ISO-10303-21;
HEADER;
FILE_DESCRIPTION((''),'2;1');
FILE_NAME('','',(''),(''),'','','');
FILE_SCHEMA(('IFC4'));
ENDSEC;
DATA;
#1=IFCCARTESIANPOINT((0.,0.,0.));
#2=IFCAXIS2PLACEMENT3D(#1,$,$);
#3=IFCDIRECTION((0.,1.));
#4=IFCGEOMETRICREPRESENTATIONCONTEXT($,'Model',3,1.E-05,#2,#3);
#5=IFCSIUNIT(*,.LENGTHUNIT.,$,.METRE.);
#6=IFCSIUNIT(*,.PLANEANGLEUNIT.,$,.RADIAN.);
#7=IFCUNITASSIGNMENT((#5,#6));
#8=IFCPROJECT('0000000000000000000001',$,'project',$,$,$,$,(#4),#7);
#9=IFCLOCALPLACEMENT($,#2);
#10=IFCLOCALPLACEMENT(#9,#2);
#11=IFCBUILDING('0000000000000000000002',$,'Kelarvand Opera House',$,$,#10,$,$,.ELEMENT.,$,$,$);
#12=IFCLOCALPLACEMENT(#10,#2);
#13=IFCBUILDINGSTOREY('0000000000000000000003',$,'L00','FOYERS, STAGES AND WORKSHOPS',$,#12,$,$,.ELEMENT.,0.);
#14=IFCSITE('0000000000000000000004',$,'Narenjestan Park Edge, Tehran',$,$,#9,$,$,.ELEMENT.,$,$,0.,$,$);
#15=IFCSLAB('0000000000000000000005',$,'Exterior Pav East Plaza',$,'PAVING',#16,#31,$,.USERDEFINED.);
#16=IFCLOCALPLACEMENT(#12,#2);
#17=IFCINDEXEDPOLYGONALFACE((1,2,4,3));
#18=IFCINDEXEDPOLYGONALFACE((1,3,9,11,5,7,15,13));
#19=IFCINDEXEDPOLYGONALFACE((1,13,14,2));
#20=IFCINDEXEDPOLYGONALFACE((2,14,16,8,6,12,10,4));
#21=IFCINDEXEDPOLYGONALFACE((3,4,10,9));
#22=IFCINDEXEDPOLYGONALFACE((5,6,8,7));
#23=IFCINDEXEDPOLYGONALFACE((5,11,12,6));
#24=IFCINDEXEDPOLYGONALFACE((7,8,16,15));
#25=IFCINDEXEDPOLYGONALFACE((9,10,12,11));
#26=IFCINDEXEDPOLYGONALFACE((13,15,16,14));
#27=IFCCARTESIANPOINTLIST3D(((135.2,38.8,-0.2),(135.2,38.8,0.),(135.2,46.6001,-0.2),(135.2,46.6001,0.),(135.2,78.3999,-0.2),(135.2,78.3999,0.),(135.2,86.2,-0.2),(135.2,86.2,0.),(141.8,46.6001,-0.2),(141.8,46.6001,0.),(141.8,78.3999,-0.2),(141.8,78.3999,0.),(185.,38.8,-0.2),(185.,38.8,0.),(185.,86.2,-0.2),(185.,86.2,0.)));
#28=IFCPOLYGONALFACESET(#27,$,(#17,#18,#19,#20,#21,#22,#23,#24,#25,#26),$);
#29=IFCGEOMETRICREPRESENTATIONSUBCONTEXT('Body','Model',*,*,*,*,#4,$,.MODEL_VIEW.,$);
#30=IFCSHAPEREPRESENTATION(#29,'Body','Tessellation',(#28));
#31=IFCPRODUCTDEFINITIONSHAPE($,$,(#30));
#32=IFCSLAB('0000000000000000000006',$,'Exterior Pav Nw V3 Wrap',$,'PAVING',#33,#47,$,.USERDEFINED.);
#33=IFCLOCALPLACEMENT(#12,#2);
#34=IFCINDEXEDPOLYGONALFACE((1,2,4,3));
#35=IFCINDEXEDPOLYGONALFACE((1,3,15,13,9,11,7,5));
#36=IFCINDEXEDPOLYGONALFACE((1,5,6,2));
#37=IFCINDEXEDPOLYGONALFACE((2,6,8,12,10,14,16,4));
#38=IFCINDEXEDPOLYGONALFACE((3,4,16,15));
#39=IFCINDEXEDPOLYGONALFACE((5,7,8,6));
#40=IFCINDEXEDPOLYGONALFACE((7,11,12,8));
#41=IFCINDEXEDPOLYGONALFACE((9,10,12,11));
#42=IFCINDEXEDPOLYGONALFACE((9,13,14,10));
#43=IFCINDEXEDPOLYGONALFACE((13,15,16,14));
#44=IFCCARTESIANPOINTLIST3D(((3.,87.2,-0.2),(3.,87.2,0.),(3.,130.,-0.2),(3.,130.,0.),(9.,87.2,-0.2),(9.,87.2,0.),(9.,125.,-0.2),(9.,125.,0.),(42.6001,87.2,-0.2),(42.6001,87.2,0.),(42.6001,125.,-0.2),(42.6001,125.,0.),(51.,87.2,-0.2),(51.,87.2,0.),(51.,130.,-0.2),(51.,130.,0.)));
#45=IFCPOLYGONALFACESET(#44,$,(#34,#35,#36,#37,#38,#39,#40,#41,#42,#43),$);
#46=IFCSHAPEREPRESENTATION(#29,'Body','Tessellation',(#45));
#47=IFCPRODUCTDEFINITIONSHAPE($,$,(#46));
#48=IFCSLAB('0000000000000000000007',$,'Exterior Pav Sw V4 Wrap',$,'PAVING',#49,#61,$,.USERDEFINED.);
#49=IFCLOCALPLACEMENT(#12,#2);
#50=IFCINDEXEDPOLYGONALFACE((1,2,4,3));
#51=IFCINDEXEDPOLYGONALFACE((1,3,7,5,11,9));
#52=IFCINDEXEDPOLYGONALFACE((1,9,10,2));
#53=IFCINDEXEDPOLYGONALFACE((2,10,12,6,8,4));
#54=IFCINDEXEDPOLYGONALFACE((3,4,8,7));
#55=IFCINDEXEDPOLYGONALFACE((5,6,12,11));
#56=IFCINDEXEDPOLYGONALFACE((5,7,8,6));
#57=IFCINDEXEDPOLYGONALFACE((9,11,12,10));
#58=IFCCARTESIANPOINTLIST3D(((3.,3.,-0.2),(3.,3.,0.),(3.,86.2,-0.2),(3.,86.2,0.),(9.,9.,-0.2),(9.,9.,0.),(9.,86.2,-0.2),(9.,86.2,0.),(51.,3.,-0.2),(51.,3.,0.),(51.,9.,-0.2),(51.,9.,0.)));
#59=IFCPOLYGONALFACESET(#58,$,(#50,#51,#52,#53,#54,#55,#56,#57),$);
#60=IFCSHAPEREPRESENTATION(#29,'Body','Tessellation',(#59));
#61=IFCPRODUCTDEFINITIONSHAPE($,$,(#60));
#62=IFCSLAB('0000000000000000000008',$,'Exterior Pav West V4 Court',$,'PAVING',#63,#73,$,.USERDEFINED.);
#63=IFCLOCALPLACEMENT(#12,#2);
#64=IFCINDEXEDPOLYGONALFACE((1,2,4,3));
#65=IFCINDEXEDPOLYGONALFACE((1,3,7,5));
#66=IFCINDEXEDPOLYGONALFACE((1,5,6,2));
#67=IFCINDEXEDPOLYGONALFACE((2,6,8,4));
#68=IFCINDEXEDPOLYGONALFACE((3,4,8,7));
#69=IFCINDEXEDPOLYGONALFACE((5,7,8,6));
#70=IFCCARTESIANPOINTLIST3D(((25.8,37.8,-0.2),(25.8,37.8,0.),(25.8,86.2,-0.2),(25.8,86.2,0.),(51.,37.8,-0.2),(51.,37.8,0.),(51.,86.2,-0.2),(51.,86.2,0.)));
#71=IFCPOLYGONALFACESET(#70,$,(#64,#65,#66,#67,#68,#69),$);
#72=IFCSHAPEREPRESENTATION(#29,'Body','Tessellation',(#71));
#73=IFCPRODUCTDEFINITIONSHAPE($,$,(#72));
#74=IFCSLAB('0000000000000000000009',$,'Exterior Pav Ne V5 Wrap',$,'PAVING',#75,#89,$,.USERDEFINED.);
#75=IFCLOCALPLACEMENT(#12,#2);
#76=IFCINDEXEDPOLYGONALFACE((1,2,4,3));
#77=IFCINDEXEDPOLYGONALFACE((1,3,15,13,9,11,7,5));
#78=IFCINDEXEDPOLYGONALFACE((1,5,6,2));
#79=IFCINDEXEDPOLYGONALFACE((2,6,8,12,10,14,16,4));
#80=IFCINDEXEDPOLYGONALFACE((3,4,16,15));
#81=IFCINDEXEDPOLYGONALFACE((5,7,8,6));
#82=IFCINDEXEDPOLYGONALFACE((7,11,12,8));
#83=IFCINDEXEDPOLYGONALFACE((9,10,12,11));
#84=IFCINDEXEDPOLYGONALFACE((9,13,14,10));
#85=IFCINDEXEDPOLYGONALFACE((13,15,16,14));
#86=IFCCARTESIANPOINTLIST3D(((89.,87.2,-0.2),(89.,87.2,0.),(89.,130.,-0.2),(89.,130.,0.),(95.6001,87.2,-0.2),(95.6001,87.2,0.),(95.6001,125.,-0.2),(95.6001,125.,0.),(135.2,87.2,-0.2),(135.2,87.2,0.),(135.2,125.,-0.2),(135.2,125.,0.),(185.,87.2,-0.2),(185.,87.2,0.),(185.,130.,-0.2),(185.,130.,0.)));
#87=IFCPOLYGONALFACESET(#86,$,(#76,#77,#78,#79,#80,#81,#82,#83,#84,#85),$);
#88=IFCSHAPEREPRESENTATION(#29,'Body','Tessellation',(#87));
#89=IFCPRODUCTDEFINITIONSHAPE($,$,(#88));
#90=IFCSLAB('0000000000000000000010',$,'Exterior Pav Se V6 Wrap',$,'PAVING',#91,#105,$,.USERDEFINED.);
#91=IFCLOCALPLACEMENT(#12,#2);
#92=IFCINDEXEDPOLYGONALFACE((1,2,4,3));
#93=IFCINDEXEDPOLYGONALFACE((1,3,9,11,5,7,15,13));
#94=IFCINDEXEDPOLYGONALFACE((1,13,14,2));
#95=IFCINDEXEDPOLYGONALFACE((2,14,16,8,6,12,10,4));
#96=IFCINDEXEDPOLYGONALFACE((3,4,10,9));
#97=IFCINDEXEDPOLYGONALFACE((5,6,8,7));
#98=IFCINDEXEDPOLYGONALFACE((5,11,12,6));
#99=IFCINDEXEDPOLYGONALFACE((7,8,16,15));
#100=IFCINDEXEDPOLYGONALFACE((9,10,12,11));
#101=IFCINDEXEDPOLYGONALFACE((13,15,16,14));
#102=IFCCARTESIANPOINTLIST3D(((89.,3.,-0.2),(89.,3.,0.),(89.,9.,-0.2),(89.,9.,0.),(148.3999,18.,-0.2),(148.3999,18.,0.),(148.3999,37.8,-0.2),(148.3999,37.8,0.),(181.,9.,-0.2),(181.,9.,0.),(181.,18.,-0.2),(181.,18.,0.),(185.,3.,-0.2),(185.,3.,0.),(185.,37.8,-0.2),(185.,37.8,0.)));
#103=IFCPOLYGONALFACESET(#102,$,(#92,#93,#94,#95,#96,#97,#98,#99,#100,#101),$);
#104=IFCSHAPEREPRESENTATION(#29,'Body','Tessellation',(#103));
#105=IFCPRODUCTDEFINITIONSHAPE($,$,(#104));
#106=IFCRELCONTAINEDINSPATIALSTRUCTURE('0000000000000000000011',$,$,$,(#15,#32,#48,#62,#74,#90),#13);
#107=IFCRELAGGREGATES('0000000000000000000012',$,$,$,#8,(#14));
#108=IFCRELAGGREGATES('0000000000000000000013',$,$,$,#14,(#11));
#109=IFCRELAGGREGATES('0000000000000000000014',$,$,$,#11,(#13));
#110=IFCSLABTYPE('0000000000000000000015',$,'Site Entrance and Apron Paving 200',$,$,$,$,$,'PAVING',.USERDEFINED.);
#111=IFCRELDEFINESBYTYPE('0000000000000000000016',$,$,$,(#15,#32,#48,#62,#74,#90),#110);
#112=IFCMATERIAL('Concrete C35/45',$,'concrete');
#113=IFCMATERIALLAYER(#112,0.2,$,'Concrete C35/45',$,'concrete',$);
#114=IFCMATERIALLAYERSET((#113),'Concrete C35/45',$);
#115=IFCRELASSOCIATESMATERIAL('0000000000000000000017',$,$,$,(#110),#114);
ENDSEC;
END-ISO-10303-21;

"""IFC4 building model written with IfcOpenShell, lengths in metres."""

from ifc_helpers import new_model, si_unit, direction, frame, origin, place, context, subcontext, project, spatial, polyline, outline, extrude, material, layer, layer_set, type_object, element, save


model = new_model("IFC4")

# Units and contexts
model_context = context("Model", 3, precision=1e-05, world=origin(), true_north=direction((0.0, 1.0)))
body_context = subcontext(model_context, "Body", "Model", "MODEL_VIEW")
ifc_project = project(units=[si_unit("LENGTHUNIT", "METRE"), si_unit("PLANEANGLEUNIT", "RADIAN")], contexts=[model_context])

# Site, building, storey
site_placement = place(None, origin())
site = spatial("IfcSite", under=ifc_project, at=site_placement, Name="Narenjestan Park Edge, Tehran", CompositionType="ELEMENT", RefElevation=0.0)
building_placement = place(site_placement, origin())
building = spatial("IfcBuilding", under=site, at=building_placement, Name="Kelarvand Opera House", CompositionType="ELEMENT")
storey_placement = place(building_placement, origin())
storey = spatial("IfcBuildingStorey", under=building, at=storey_placement, Name="L00", Description="FOYERS, STAGES AND WORKSHOPS", CompositionType="ELEMENT", Elevation=0.0)

# Shared definitions
ifc_material = material(Name="Concrete C35/45", Category="concrete")

# Slabs
ifc_layer_1 = layer(ifc_material, 0.2, Name="Concrete C35/45", Category="concrete")
ifc_layer_set_1 = layer_set([ifc_layer_1], Name="Concrete C35/45")
slab_type_1 = type_object("IfcSlabType", Name="Site Entrance and Apron Paving 200", ElementType="PAVING", PredefinedType="USERDEFINED", material=ifc_layer_set_1)
slab_1_placement = place(storey_placement, frame((0.0, 0.0, -0.2)))
element("IfcSlab", 1, at=slab_1_placement, inside=storey, type_object=slab_type_1, Name="Exterior Pav East Plaza", ObjectType="PAVING", PredefinedType="USERDEFINED", context=body_context, shape_type="SweptSolid", body=[
    extrude(outline(polyline([(135.2, 38.8), (185.0, 38.8), (185.0, 86.2), (135.2, 86.2), (135.2, 78.3999), (141.8, 78.3999), (141.8, 46.6001), (135.2, 46.6001), (135.2, 38.8)])), origin(), (0.0, 0.0, 1.0), 0.2),
])
slab_2_placement = place(storey_placement, frame((0.0, 0.0, -0.2)))
element("IfcSlab", 2, at=slab_2_placement, inside=storey, type_object=slab_type_1, Name="Exterior Pav Nw V3 Wrap", ObjectType="PAVING", PredefinedType="USERDEFINED", context=body_context, shape_type="SweptSolid", body=[
    extrude(outline(polyline([(3.0, 87.2), (9.0, 87.2), (9.0, 125.0), (42.6001, 125.0), (42.6001, 87.2), (51.0, 87.2), (51.0, 130.0), (3.0, 130.0), (3.0, 87.2)])), origin(), (0.0, 0.0, 1.0), 0.2),
])
slab_3_placement = place(storey_placement, frame((0.0, 0.0, -0.2)))
element("IfcSlab", 3, at=slab_3_placement, inside=storey, type_object=slab_type_1, Name="Exterior Pav Sw V4 Wrap", ObjectType="PAVING", PredefinedType="USERDEFINED", context=body_context, shape_type="SweptSolid", body=[
    extrude(outline(polyline([(3.0, 3.0), (51.0, 3.0), (51.0, 9.0), (9.0, 9.0), (9.0, 86.2), (3.0, 86.2), (3.0, 3.0)])), origin(), (0.0, 0.0, 1.0), 0.2),
])
slab_4_placement = place(storey_placement, frame((0.0, 0.0, -0.2)))
element("IfcSlab", 4, at=slab_4_placement, inside=storey, type_object=slab_type_1, Name="Exterior Pav West V4 Court", ObjectType="PAVING", PredefinedType="USERDEFINED", context=body_context, shape_type="SweptSolid", body=[
    extrude(outline(polyline([(25.8, 37.8), (51.0, 37.8), (51.0, 86.2), (25.8, 86.2), (25.8, 37.8)])), origin(), (0.0, 0.0, 1.0), 0.2),
])
slab_5_placement = place(storey_placement, frame((0.0, 0.0, -0.2)))
element("IfcSlab", 5, at=slab_5_placement, inside=storey, type_object=slab_type_1, Name="Exterior Pav Ne V5 Wrap", ObjectType="PAVING", PredefinedType="USERDEFINED", context=body_context, shape_type="SweptSolid", body=[
    extrude(outline(polyline([(89.0, 87.2), (95.6001, 87.2), (95.6001, 125.0), (135.2, 125.0), (135.2, 87.2), (185.0, 87.2), (185.0, 130.0), (89.0, 130.0), (89.0, 87.2)])), origin(), (0.0, 0.0, 1.0), 0.2),
])
slab_6_placement = place(storey_placement, frame((0.0, 0.0, -0.2)))
element("IfcSlab", 6, at=slab_6_placement, inside=storey, type_object=slab_type_1, Name="Exterior Pav Se V6 Wrap", ObjectType="PAVING", PredefinedType="USERDEFINED", context=body_context, shape_type="SweptSolid", body=[
    extrude(outline(polyline([(89.0, 3.0), (185.0, 3.0), (185.0, 37.8), (148.3999, 37.8), (148.3999, 18.0), (181.0, 18.0), (181.0, 9.0), (89.0, 9.0), (89.0, 3.0)])), origin(), (0.0, 0.0, 1.0), 0.2),
])

save(model, "model.ifc")
